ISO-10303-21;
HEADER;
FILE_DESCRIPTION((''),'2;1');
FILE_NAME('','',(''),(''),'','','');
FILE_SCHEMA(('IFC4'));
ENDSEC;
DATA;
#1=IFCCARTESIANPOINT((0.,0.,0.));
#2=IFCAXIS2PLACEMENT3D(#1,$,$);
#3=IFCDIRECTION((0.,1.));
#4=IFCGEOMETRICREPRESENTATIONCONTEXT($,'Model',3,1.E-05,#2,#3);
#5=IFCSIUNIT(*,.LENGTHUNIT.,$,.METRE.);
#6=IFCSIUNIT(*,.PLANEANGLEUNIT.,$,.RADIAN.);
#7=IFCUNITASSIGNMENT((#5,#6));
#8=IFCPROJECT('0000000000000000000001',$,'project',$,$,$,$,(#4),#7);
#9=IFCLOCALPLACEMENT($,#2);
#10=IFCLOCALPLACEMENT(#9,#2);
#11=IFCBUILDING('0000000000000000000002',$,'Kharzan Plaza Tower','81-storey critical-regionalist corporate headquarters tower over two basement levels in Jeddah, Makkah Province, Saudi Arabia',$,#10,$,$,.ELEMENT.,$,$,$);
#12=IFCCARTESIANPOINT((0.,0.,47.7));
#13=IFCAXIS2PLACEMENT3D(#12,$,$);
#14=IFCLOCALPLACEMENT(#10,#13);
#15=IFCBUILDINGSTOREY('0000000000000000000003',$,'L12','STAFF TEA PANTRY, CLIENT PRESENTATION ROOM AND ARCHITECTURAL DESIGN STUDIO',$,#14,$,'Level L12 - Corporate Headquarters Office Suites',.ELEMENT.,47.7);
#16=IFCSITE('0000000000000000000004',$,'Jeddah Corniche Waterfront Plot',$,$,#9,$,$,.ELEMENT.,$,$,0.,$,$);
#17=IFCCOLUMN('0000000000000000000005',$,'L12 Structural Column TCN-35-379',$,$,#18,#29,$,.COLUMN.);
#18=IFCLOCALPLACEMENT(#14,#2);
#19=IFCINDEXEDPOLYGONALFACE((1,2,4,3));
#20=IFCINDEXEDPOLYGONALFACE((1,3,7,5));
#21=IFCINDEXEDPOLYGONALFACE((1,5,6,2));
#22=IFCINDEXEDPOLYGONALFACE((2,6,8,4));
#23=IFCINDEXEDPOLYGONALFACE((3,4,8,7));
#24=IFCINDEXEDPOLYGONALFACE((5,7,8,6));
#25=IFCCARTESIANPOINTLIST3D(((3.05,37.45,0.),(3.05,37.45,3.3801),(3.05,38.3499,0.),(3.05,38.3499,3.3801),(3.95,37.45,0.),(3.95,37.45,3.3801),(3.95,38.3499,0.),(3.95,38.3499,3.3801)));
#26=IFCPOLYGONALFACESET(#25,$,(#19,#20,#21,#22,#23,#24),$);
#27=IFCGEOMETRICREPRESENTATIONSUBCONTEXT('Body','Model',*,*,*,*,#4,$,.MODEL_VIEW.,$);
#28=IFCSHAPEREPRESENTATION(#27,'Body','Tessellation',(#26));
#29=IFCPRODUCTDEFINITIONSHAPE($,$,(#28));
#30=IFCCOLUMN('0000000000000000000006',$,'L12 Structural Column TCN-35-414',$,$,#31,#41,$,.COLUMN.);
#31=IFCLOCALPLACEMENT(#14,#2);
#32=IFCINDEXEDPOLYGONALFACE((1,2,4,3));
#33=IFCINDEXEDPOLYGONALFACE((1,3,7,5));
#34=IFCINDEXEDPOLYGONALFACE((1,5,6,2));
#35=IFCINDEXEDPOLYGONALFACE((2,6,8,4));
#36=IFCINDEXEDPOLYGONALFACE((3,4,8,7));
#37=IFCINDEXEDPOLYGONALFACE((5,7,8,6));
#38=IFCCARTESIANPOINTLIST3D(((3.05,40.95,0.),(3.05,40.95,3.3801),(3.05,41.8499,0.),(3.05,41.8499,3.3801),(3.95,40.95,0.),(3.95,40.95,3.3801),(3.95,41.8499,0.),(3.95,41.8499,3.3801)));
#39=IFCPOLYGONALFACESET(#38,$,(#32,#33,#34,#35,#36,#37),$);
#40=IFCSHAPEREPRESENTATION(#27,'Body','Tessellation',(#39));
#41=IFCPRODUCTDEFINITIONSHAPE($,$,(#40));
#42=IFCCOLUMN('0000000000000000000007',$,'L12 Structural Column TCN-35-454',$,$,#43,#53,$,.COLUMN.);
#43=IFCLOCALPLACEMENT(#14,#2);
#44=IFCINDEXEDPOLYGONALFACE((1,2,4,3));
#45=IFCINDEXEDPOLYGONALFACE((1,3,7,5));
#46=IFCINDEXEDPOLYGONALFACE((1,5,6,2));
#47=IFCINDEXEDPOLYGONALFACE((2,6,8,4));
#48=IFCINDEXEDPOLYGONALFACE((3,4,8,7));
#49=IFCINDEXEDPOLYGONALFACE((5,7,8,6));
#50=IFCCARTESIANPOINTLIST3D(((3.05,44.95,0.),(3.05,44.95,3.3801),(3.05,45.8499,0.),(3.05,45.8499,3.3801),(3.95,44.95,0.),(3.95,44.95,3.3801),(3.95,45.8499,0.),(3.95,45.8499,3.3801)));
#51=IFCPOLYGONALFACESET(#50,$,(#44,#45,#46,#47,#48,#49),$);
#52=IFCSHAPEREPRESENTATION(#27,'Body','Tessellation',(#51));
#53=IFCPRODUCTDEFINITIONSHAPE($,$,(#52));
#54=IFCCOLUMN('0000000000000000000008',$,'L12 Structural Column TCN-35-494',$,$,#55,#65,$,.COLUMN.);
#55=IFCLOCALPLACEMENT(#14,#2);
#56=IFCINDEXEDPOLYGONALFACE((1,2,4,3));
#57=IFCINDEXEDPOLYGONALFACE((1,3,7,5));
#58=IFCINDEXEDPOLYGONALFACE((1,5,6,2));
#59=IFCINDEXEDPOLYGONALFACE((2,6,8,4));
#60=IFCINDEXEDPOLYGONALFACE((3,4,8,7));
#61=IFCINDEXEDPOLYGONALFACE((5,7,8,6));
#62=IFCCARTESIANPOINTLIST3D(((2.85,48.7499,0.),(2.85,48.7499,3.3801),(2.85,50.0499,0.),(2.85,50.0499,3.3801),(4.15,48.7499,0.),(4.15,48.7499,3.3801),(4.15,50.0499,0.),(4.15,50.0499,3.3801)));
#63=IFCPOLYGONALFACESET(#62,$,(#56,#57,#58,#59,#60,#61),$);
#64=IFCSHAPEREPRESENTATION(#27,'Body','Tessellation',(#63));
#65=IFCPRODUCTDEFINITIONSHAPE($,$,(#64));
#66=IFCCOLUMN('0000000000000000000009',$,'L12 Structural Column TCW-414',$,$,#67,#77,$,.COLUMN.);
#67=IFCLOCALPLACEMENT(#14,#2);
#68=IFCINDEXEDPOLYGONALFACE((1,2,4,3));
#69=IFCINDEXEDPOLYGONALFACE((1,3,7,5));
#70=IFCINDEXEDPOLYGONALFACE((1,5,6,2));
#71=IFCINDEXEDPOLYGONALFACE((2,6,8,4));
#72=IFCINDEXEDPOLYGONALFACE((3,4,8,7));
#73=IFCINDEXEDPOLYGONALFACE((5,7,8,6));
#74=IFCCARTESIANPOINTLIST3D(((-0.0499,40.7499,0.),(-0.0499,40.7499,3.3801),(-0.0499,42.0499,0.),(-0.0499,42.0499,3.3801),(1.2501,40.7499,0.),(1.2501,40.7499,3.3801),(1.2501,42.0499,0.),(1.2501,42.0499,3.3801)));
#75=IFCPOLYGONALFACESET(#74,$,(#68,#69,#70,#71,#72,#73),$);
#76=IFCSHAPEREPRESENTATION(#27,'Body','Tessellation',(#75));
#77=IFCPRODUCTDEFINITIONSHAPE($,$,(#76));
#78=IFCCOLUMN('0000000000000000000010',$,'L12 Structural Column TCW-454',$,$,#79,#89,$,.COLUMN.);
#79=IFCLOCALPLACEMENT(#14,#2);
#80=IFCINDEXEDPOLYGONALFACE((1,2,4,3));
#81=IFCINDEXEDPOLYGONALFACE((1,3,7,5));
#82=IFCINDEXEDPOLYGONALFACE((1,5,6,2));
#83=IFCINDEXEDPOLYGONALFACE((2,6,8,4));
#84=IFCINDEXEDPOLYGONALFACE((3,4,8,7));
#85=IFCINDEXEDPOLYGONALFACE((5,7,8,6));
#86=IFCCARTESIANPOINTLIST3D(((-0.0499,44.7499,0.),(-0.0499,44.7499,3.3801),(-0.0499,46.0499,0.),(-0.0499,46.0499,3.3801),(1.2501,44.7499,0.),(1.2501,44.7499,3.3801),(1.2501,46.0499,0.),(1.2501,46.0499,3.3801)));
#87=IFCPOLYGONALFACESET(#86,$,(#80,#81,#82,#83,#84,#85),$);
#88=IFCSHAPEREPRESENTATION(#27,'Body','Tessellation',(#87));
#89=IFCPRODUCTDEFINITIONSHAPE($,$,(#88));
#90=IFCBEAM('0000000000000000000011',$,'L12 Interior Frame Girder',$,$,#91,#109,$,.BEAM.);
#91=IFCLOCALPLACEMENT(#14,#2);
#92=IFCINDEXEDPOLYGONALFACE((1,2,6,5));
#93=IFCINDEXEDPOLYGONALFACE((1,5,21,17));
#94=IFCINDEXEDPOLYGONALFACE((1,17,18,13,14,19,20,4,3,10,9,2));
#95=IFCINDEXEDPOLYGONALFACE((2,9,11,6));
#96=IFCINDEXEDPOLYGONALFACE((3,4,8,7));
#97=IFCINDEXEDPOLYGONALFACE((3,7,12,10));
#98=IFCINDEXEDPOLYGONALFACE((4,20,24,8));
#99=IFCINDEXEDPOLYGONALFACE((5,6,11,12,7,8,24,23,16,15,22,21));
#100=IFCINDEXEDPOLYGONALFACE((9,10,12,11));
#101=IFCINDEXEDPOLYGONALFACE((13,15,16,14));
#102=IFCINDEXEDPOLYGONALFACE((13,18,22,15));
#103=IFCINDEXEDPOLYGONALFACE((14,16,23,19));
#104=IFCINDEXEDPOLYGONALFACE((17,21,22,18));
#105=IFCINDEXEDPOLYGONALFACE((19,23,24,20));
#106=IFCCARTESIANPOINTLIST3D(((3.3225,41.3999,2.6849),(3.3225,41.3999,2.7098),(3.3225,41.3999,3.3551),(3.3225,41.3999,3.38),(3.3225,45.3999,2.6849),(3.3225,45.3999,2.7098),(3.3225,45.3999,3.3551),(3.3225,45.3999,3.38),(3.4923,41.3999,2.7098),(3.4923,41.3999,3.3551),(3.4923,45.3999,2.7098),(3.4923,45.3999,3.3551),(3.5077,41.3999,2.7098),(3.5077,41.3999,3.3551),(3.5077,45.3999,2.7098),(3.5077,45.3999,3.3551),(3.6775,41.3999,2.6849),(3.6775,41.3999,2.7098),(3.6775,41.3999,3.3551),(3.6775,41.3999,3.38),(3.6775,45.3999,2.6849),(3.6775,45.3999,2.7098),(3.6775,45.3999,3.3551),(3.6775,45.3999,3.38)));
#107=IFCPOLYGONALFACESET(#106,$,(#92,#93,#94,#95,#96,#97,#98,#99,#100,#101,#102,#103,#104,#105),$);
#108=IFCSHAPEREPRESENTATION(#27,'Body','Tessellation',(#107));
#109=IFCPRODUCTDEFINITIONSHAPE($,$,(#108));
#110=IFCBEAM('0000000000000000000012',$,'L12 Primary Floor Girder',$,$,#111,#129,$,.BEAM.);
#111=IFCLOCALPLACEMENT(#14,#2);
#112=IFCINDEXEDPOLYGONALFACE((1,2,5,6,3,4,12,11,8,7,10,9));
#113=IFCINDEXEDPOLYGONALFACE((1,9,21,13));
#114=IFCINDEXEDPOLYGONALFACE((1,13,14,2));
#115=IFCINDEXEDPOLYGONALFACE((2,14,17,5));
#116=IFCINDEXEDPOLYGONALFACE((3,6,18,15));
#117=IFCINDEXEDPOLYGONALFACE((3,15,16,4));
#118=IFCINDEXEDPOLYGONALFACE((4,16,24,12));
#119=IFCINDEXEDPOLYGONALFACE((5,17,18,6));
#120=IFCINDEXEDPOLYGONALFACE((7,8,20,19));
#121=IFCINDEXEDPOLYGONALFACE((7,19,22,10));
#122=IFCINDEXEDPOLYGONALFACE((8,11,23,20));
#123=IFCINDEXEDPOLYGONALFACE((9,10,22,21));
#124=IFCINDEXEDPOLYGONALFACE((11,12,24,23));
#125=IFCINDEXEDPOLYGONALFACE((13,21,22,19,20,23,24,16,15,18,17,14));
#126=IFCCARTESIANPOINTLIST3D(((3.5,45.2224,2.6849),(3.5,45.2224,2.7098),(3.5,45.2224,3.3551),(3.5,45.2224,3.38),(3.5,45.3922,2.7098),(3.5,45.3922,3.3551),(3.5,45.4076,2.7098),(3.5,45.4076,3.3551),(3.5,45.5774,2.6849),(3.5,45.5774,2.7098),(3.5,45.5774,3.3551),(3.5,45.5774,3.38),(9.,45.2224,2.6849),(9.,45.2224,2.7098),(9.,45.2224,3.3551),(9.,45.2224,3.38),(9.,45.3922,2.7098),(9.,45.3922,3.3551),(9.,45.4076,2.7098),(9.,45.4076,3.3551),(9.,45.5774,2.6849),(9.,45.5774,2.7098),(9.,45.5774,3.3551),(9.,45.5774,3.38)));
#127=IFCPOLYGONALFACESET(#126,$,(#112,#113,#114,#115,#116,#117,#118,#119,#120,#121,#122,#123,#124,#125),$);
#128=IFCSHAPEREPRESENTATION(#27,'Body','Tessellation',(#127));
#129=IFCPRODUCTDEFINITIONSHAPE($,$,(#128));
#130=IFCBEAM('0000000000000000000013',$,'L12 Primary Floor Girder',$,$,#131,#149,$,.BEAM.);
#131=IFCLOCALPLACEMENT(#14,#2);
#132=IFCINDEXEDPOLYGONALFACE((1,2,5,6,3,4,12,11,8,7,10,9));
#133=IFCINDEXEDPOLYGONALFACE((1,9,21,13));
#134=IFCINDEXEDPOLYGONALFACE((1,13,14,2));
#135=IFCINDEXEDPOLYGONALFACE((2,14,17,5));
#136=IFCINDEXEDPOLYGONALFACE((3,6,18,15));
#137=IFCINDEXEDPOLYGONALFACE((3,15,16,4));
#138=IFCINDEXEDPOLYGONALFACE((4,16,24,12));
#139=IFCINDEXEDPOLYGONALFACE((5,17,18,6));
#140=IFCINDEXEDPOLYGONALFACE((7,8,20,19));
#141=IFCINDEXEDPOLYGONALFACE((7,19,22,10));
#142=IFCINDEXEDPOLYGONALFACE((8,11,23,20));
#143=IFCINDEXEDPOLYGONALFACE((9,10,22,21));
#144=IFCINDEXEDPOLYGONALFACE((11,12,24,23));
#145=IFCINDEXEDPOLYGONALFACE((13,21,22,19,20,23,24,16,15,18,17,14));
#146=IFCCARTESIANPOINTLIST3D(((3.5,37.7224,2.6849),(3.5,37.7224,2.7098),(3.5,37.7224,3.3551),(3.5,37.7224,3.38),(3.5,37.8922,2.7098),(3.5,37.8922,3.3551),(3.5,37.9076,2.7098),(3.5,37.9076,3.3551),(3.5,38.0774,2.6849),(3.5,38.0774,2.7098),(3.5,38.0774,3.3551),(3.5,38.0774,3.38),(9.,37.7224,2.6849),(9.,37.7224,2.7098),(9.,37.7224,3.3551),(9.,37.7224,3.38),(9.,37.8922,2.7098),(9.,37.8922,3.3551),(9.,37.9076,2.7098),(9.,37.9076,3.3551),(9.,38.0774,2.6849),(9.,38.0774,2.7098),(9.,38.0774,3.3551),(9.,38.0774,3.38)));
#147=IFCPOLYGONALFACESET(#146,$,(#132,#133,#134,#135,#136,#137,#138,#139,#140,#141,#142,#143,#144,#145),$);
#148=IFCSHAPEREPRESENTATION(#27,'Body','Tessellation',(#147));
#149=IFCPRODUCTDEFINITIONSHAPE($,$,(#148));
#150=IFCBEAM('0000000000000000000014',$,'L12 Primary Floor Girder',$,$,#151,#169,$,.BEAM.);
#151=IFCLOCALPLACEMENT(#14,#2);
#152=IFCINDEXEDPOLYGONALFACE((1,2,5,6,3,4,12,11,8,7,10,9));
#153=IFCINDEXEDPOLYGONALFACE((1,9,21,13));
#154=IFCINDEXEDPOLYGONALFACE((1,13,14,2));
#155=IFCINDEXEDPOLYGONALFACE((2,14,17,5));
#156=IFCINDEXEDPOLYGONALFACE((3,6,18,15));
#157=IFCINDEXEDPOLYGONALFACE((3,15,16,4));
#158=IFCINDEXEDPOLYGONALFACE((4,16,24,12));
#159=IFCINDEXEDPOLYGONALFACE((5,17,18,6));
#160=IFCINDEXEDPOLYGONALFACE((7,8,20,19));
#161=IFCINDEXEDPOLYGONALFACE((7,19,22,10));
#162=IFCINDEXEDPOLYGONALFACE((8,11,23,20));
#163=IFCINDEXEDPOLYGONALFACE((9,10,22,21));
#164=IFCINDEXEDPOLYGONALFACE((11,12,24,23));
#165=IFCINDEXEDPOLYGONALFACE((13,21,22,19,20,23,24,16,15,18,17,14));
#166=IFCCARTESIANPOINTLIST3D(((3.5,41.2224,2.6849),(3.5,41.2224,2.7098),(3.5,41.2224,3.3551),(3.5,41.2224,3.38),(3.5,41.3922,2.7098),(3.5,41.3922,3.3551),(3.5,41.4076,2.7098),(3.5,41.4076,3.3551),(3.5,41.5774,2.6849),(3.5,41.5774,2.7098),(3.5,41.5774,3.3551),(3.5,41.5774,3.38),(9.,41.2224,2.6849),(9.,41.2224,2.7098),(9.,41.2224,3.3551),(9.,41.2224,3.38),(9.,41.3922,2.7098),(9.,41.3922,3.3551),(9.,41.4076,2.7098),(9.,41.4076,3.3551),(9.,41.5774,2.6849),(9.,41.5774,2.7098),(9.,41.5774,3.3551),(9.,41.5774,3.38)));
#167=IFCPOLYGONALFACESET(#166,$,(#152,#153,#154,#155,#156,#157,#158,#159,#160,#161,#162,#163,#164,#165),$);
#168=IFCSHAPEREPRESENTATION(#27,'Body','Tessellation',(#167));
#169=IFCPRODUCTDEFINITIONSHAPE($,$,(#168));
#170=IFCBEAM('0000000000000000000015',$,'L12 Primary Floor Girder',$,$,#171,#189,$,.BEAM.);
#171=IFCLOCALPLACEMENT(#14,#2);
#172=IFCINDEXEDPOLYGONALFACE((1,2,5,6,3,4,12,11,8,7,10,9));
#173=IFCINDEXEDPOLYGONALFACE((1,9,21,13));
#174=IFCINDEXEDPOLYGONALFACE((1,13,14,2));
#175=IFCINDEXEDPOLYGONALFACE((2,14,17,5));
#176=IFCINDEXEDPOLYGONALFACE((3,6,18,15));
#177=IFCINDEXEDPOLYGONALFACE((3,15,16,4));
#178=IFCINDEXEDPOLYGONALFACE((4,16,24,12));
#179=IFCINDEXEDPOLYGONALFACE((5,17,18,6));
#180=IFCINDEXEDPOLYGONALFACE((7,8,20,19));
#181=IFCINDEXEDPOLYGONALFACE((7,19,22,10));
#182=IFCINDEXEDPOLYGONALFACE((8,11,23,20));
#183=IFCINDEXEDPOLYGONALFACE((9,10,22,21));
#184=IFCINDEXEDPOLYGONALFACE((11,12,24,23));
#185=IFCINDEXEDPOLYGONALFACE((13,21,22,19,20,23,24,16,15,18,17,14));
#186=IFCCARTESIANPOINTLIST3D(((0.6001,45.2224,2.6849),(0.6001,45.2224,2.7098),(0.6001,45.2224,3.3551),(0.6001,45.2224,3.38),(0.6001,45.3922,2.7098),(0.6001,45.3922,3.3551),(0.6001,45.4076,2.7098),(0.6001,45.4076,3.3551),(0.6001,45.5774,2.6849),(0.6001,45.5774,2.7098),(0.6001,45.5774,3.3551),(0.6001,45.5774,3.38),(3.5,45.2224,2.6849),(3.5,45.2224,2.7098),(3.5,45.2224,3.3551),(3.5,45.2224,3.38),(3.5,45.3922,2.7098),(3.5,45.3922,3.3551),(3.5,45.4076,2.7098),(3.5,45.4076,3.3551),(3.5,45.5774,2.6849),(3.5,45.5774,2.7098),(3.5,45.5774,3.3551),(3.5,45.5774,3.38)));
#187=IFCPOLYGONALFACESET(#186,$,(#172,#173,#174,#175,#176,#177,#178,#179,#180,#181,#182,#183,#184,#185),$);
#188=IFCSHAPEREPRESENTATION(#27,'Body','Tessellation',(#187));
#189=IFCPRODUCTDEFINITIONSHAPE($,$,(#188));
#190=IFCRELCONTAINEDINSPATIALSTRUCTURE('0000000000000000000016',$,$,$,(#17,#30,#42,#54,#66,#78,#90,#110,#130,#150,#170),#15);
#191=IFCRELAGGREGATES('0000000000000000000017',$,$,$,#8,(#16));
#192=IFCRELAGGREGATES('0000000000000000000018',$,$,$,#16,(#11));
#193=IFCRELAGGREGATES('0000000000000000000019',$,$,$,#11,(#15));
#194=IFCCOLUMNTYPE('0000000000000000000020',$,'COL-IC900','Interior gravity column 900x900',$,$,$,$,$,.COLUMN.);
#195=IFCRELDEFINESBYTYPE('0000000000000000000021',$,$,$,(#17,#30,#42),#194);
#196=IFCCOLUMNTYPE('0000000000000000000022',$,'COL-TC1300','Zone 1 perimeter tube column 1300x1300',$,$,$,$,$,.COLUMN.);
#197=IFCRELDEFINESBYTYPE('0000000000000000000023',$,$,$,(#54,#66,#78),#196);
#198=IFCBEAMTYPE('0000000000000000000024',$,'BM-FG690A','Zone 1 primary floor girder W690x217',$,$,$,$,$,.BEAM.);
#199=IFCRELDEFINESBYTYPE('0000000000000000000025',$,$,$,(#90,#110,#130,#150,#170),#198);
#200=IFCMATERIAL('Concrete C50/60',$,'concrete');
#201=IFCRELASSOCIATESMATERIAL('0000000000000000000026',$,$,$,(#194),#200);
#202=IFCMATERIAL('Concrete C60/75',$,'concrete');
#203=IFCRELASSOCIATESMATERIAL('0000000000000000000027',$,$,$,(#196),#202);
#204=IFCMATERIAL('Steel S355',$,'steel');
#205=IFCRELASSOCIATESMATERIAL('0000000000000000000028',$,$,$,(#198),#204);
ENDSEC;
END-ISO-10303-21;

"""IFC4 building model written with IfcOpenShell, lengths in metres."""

from ifc_helpers import new_model, si_unit, direction, frame, origin, origin_2d, place, context, subcontext, project, spatial, rectangle, i_section, extrude, source, transform, mapped, material, material_profile, profile_set, type_object, element, save


model = new_model("IFC4")

# Units and contexts
model_context = context("Model", 3, precision=1e-05, world=origin(), true_north=direction((0.0, 1.0)))
body_context = subcontext(model_context, "Body", "Model", "MODEL_VIEW")
ifc_project = project(units=[si_unit("LENGTHUNIT", "METRE"), si_unit("PLANEANGLEUNIT", "RADIAN")], contexts=[model_context])

# Site, building, storey
site_placement = place(None, origin())
site = spatial("IfcSite", under=ifc_project, at=site_placement, Name="Jeddah Corniche Waterfront Plot", CompositionType="ELEMENT", RefElevation=0.0)
building_placement = place(site_placement, origin())
building = spatial("IfcBuilding", under=site, at=building_placement, Name="Kharzan Plaza Tower", Description="81-storey critical-regionalist corporate headquarters tower over two basement levels in Jeddah, Makkah Province, Saudi Arabia", CompositionType="ELEMENT")
storey_placement = place(building_placement, frame((0.0, 0.0, 47.7)))
storey = spatial("IfcBuildingStorey", under=building, at=storey_placement, Name="L12", Description="STAFF TEA PANTRY, CLIENT PRESENTATION ROOM AND ARCHITECTURAL DESIGN STUDIO", LongName="Level L12 - Corporate Headquarters Office Suites", CompositionType="ELEMENT", Elevation=47.7)

# Columns
ifc_material_1 = material(Name="Concrete C50/60", Category="concrete")
ifc_material_profile_1 = material_profile(ifc_material_1, rectangle(XDim=0.8999, YDim=0.8999, at=origin_2d()), Name="RC-IC900x900")
ifc_profile_set_1 = profile_set([ifc_material_profile_1], Name="Concrete C50/60")
column_type_1 = type_object("IfcColumnType", Name="COL-IC900", Description="Interior gravity column 900x900", PredefinedType="COLUMN", material=ifc_profile_set_1)
shared_shape_1 = source(origin(), body_context, "Body", "SweptSolid", [
    extrude(rectangle(XDim=0.8999, YDim=0.8999, at=origin_2d()), origin(), (0.0, 0.0, 1.0), 3.3801),
])
for number, where, z_axis, x_axis, name in (
    (1, (3.5, 37.8999, 0.0), (0.0, 0.0, 1.0), (1.0, 0.0, 0.0), "L12 Structural Column TCN-35-379"),
    (2, (3.5, 41.3999, 0.0), (0.0, 0.0, 1.0), (1.0, 0.0, 0.0), "L12 Structural Column TCN-35-414"),
    (3, (3.5, 45.3999, 0.0), (0.0, 0.0, 1.0), (1.0, 0.0, 0.0), "L12 Structural Column TCN-35-454"),
):
    element("IfcColumn", number, at=place(storey_placement, frame(where, z_axis=z_axis, x_axis=x_axis)), inside=storey, type_object=column_type_1, Name=name, PredefinedType="COLUMN", context=body_context, shape_type="MappedRepresentation", body=[
        mapped(shared_shape_1, transform((0.0, 0.0, 0.0), x_axis=(1.0, 0.0, 0.0), y_axis=(0.0, 1.0, 0.0), z_axis=(0.0, 0.0, 1.0))),
    ])
ifc_material_2 = material(Name="Concrete C60/75", Category="concrete")
ifc_material_profile_2 = material_profile(ifc_material_2, rectangle(XDim=1.3, YDim=1.3, at=origin_2d()), Name="RC-TC1300x1300")
ifc_profile_set_2 = profile_set([ifc_material_profile_2], Name="Concrete C60/75")
column_type_2 = type_object("IfcColumnType", Name="COL-TC1300", Description="Zone 1 perimeter tube column 1300x1300", PredefinedType="COLUMN", material=ifc_profile_set_2)
shared_shape_2 = source(origin(), body_context, "Body", "SweptSolid", [
    extrude(rectangle(XDim=1.3, YDim=1.3, at=origin_2d()), origin(), (0.0, 0.0, 1.0), 3.3801),
])
for number, where, z_axis, x_axis, name in (
    (4, (3.5, 49.3999, 0.0), (0.0, 0.0, 1.0), (1.0, 0.0, 0.0), "L12 Structural Column TCN-35-494"),
    (5, (0.6001, 41.3999, 0.0), (0.0, 0.0, 1.0), (1.0, 0.0, 0.0), "L12 Structural Column TCW-414"),
    (6, (0.6001, 45.3999, 0.0), (0.0, 0.0, 1.0), (1.0, 0.0, 0.0), "L12 Structural Column TCW-454"),
):
    element("IfcColumn", number, at=place(storey_placement, frame(where, z_axis=z_axis, x_axis=x_axis)), inside=storey, type_object=column_type_2, Name=name, PredefinedType="COLUMN", context=body_context, shape_type="MappedRepresentation", body=[
        mapped(shared_shape_2, transform((0.0, 0.0, 0.0), x_axis=(1.0, 0.0, 0.0), y_axis=(0.0, 1.0, 0.0), z_axis=(0.0, 0.0, 1.0))),
    ])

# Beams
ifc_material_3 = material(Name="Steel S355", Category="steel")
ifc_material_profile_3 = material_profile(ifc_material_3, i_section(OverallWidth=0.355, OverallDepth=0.6951, WebThickness=0.0154, FlangeThickness=0.0249, at=origin_2d()), Name="W690x217")
ifc_profile_set_3 = profile_set([ifc_material_profile_3], Name="Steel S355")
beam_type_1 = type_object("IfcBeamType", Name="BM-FG690A", Description="Zone 1 primary floor girder W690x217", PredefinedType="BEAM", material=ifc_profile_set_3)
shared_shape_3 = source(origin(), body_context, "Body", "SweptSolid", [
    extrude(i_section(OverallWidth=0.355, OverallDepth=0.6951, WebThickness=0.0154, FlangeThickness=0.0249, at=origin_2d()), origin(), (0.0, 0.0, 1.0), 4.0),
])
beam_1_placement = place(storey_placement, frame((3.5, 41.3999, 3.0325), z_axis=(0.0, 1.0, 0.0), x_axis=(-1.0, 0.0, 0.0)))
element("IfcBeam", 7, at=beam_1_placement, inside=storey, type_object=beam_type_1, Name="L12 Interior Frame Girder", PredefinedType="BEAM", context=body_context, shape_type="MappedRepresentation", body=[
    mapped(shared_shape_3, transform((0.0, 0.0, 0.0), x_axis=(1.0, 0.0, 0.0), y_axis=(0.0, 1.0, 0.0), z_axis=(0.0, 0.0, 1.0))),
])
shared_shape_4 = source(origin(), body_context, "Body", "SweptSolid", [
    extrude(i_section(OverallWidth=0.355, OverallDepth=0.6951, WebThickness=0.0154, FlangeThickness=0.0249, at=origin_2d()), origin(), (0.0, 0.0, 1.0), 5.5),
])
for number, where, z_axis, x_axis, name in (
    (8, (3.5, 45.3999, 3.0325), (1.0, 0.0, 0.0), (0.0, 1.0, 0.0), "L12 Primary Floor Girder"),
    (9, (3.5, 37.8999, 3.0325), (1.0, 0.0, 0.0), (0.0, 1.0, 0.0), "L12 Primary Floor Girder"),
    (10, (3.5, 41.3999, 3.0325), (1.0, 0.0, 0.0), (0.0, 1.0, 0.0), "L12 Primary Floor Girder"),
):
    element("IfcBeam", number, at=place(storey_placement, frame(where, z_axis=z_axis, x_axis=x_axis)), inside=storey, type_object=beam_type_1, Name=name, PredefinedType="BEAM", context=body_context, shape_type="MappedRepresentation", body=[
        mapped(shared_shape_4, transform((0.0, 0.0, 0.0), x_axis=(1.0, 0.0, 0.0), y_axis=(0.0, 1.0, 0.0), z_axis=(0.0, 0.0, 1.0))),
    ])
shared_shape_5 = source(origin(), body_context, "Body", "SweptSolid", [
    extrude(i_section(OverallWidth=0.355, OverallDepth=0.6951, WebThickness=0.0154, FlangeThickness=0.0249, at=origin_2d()), origin(), (0.0, 0.0, 1.0), 2.8999),
])
for number, where, z_axis, x_axis, name in (
    (11, (0.6001, 45.3999, 3.0325), (1.0, 0.0, 0.0), (0.0, 1.0, 0.0), "L12 Primary Floor Girder"),
):
    element("IfcBeam", number, at=place(storey_placement, frame(where, z_axis=z_axis, x_axis=x_axis)), inside=storey, type_object=beam_type_1, Name=name, PredefinedType="BEAM", context=body_context, shape_type="MappedRepresentation", body=[
        mapped(shared_shape_5, transform((0.0, 0.0, 0.0), x_axis=(1.0, 0.0, 0.0), y_axis=(0.0, 1.0, 0.0), z_axis=(0.0, 0.0, 1.0))),
    ])

save(model, "model.ifc")
